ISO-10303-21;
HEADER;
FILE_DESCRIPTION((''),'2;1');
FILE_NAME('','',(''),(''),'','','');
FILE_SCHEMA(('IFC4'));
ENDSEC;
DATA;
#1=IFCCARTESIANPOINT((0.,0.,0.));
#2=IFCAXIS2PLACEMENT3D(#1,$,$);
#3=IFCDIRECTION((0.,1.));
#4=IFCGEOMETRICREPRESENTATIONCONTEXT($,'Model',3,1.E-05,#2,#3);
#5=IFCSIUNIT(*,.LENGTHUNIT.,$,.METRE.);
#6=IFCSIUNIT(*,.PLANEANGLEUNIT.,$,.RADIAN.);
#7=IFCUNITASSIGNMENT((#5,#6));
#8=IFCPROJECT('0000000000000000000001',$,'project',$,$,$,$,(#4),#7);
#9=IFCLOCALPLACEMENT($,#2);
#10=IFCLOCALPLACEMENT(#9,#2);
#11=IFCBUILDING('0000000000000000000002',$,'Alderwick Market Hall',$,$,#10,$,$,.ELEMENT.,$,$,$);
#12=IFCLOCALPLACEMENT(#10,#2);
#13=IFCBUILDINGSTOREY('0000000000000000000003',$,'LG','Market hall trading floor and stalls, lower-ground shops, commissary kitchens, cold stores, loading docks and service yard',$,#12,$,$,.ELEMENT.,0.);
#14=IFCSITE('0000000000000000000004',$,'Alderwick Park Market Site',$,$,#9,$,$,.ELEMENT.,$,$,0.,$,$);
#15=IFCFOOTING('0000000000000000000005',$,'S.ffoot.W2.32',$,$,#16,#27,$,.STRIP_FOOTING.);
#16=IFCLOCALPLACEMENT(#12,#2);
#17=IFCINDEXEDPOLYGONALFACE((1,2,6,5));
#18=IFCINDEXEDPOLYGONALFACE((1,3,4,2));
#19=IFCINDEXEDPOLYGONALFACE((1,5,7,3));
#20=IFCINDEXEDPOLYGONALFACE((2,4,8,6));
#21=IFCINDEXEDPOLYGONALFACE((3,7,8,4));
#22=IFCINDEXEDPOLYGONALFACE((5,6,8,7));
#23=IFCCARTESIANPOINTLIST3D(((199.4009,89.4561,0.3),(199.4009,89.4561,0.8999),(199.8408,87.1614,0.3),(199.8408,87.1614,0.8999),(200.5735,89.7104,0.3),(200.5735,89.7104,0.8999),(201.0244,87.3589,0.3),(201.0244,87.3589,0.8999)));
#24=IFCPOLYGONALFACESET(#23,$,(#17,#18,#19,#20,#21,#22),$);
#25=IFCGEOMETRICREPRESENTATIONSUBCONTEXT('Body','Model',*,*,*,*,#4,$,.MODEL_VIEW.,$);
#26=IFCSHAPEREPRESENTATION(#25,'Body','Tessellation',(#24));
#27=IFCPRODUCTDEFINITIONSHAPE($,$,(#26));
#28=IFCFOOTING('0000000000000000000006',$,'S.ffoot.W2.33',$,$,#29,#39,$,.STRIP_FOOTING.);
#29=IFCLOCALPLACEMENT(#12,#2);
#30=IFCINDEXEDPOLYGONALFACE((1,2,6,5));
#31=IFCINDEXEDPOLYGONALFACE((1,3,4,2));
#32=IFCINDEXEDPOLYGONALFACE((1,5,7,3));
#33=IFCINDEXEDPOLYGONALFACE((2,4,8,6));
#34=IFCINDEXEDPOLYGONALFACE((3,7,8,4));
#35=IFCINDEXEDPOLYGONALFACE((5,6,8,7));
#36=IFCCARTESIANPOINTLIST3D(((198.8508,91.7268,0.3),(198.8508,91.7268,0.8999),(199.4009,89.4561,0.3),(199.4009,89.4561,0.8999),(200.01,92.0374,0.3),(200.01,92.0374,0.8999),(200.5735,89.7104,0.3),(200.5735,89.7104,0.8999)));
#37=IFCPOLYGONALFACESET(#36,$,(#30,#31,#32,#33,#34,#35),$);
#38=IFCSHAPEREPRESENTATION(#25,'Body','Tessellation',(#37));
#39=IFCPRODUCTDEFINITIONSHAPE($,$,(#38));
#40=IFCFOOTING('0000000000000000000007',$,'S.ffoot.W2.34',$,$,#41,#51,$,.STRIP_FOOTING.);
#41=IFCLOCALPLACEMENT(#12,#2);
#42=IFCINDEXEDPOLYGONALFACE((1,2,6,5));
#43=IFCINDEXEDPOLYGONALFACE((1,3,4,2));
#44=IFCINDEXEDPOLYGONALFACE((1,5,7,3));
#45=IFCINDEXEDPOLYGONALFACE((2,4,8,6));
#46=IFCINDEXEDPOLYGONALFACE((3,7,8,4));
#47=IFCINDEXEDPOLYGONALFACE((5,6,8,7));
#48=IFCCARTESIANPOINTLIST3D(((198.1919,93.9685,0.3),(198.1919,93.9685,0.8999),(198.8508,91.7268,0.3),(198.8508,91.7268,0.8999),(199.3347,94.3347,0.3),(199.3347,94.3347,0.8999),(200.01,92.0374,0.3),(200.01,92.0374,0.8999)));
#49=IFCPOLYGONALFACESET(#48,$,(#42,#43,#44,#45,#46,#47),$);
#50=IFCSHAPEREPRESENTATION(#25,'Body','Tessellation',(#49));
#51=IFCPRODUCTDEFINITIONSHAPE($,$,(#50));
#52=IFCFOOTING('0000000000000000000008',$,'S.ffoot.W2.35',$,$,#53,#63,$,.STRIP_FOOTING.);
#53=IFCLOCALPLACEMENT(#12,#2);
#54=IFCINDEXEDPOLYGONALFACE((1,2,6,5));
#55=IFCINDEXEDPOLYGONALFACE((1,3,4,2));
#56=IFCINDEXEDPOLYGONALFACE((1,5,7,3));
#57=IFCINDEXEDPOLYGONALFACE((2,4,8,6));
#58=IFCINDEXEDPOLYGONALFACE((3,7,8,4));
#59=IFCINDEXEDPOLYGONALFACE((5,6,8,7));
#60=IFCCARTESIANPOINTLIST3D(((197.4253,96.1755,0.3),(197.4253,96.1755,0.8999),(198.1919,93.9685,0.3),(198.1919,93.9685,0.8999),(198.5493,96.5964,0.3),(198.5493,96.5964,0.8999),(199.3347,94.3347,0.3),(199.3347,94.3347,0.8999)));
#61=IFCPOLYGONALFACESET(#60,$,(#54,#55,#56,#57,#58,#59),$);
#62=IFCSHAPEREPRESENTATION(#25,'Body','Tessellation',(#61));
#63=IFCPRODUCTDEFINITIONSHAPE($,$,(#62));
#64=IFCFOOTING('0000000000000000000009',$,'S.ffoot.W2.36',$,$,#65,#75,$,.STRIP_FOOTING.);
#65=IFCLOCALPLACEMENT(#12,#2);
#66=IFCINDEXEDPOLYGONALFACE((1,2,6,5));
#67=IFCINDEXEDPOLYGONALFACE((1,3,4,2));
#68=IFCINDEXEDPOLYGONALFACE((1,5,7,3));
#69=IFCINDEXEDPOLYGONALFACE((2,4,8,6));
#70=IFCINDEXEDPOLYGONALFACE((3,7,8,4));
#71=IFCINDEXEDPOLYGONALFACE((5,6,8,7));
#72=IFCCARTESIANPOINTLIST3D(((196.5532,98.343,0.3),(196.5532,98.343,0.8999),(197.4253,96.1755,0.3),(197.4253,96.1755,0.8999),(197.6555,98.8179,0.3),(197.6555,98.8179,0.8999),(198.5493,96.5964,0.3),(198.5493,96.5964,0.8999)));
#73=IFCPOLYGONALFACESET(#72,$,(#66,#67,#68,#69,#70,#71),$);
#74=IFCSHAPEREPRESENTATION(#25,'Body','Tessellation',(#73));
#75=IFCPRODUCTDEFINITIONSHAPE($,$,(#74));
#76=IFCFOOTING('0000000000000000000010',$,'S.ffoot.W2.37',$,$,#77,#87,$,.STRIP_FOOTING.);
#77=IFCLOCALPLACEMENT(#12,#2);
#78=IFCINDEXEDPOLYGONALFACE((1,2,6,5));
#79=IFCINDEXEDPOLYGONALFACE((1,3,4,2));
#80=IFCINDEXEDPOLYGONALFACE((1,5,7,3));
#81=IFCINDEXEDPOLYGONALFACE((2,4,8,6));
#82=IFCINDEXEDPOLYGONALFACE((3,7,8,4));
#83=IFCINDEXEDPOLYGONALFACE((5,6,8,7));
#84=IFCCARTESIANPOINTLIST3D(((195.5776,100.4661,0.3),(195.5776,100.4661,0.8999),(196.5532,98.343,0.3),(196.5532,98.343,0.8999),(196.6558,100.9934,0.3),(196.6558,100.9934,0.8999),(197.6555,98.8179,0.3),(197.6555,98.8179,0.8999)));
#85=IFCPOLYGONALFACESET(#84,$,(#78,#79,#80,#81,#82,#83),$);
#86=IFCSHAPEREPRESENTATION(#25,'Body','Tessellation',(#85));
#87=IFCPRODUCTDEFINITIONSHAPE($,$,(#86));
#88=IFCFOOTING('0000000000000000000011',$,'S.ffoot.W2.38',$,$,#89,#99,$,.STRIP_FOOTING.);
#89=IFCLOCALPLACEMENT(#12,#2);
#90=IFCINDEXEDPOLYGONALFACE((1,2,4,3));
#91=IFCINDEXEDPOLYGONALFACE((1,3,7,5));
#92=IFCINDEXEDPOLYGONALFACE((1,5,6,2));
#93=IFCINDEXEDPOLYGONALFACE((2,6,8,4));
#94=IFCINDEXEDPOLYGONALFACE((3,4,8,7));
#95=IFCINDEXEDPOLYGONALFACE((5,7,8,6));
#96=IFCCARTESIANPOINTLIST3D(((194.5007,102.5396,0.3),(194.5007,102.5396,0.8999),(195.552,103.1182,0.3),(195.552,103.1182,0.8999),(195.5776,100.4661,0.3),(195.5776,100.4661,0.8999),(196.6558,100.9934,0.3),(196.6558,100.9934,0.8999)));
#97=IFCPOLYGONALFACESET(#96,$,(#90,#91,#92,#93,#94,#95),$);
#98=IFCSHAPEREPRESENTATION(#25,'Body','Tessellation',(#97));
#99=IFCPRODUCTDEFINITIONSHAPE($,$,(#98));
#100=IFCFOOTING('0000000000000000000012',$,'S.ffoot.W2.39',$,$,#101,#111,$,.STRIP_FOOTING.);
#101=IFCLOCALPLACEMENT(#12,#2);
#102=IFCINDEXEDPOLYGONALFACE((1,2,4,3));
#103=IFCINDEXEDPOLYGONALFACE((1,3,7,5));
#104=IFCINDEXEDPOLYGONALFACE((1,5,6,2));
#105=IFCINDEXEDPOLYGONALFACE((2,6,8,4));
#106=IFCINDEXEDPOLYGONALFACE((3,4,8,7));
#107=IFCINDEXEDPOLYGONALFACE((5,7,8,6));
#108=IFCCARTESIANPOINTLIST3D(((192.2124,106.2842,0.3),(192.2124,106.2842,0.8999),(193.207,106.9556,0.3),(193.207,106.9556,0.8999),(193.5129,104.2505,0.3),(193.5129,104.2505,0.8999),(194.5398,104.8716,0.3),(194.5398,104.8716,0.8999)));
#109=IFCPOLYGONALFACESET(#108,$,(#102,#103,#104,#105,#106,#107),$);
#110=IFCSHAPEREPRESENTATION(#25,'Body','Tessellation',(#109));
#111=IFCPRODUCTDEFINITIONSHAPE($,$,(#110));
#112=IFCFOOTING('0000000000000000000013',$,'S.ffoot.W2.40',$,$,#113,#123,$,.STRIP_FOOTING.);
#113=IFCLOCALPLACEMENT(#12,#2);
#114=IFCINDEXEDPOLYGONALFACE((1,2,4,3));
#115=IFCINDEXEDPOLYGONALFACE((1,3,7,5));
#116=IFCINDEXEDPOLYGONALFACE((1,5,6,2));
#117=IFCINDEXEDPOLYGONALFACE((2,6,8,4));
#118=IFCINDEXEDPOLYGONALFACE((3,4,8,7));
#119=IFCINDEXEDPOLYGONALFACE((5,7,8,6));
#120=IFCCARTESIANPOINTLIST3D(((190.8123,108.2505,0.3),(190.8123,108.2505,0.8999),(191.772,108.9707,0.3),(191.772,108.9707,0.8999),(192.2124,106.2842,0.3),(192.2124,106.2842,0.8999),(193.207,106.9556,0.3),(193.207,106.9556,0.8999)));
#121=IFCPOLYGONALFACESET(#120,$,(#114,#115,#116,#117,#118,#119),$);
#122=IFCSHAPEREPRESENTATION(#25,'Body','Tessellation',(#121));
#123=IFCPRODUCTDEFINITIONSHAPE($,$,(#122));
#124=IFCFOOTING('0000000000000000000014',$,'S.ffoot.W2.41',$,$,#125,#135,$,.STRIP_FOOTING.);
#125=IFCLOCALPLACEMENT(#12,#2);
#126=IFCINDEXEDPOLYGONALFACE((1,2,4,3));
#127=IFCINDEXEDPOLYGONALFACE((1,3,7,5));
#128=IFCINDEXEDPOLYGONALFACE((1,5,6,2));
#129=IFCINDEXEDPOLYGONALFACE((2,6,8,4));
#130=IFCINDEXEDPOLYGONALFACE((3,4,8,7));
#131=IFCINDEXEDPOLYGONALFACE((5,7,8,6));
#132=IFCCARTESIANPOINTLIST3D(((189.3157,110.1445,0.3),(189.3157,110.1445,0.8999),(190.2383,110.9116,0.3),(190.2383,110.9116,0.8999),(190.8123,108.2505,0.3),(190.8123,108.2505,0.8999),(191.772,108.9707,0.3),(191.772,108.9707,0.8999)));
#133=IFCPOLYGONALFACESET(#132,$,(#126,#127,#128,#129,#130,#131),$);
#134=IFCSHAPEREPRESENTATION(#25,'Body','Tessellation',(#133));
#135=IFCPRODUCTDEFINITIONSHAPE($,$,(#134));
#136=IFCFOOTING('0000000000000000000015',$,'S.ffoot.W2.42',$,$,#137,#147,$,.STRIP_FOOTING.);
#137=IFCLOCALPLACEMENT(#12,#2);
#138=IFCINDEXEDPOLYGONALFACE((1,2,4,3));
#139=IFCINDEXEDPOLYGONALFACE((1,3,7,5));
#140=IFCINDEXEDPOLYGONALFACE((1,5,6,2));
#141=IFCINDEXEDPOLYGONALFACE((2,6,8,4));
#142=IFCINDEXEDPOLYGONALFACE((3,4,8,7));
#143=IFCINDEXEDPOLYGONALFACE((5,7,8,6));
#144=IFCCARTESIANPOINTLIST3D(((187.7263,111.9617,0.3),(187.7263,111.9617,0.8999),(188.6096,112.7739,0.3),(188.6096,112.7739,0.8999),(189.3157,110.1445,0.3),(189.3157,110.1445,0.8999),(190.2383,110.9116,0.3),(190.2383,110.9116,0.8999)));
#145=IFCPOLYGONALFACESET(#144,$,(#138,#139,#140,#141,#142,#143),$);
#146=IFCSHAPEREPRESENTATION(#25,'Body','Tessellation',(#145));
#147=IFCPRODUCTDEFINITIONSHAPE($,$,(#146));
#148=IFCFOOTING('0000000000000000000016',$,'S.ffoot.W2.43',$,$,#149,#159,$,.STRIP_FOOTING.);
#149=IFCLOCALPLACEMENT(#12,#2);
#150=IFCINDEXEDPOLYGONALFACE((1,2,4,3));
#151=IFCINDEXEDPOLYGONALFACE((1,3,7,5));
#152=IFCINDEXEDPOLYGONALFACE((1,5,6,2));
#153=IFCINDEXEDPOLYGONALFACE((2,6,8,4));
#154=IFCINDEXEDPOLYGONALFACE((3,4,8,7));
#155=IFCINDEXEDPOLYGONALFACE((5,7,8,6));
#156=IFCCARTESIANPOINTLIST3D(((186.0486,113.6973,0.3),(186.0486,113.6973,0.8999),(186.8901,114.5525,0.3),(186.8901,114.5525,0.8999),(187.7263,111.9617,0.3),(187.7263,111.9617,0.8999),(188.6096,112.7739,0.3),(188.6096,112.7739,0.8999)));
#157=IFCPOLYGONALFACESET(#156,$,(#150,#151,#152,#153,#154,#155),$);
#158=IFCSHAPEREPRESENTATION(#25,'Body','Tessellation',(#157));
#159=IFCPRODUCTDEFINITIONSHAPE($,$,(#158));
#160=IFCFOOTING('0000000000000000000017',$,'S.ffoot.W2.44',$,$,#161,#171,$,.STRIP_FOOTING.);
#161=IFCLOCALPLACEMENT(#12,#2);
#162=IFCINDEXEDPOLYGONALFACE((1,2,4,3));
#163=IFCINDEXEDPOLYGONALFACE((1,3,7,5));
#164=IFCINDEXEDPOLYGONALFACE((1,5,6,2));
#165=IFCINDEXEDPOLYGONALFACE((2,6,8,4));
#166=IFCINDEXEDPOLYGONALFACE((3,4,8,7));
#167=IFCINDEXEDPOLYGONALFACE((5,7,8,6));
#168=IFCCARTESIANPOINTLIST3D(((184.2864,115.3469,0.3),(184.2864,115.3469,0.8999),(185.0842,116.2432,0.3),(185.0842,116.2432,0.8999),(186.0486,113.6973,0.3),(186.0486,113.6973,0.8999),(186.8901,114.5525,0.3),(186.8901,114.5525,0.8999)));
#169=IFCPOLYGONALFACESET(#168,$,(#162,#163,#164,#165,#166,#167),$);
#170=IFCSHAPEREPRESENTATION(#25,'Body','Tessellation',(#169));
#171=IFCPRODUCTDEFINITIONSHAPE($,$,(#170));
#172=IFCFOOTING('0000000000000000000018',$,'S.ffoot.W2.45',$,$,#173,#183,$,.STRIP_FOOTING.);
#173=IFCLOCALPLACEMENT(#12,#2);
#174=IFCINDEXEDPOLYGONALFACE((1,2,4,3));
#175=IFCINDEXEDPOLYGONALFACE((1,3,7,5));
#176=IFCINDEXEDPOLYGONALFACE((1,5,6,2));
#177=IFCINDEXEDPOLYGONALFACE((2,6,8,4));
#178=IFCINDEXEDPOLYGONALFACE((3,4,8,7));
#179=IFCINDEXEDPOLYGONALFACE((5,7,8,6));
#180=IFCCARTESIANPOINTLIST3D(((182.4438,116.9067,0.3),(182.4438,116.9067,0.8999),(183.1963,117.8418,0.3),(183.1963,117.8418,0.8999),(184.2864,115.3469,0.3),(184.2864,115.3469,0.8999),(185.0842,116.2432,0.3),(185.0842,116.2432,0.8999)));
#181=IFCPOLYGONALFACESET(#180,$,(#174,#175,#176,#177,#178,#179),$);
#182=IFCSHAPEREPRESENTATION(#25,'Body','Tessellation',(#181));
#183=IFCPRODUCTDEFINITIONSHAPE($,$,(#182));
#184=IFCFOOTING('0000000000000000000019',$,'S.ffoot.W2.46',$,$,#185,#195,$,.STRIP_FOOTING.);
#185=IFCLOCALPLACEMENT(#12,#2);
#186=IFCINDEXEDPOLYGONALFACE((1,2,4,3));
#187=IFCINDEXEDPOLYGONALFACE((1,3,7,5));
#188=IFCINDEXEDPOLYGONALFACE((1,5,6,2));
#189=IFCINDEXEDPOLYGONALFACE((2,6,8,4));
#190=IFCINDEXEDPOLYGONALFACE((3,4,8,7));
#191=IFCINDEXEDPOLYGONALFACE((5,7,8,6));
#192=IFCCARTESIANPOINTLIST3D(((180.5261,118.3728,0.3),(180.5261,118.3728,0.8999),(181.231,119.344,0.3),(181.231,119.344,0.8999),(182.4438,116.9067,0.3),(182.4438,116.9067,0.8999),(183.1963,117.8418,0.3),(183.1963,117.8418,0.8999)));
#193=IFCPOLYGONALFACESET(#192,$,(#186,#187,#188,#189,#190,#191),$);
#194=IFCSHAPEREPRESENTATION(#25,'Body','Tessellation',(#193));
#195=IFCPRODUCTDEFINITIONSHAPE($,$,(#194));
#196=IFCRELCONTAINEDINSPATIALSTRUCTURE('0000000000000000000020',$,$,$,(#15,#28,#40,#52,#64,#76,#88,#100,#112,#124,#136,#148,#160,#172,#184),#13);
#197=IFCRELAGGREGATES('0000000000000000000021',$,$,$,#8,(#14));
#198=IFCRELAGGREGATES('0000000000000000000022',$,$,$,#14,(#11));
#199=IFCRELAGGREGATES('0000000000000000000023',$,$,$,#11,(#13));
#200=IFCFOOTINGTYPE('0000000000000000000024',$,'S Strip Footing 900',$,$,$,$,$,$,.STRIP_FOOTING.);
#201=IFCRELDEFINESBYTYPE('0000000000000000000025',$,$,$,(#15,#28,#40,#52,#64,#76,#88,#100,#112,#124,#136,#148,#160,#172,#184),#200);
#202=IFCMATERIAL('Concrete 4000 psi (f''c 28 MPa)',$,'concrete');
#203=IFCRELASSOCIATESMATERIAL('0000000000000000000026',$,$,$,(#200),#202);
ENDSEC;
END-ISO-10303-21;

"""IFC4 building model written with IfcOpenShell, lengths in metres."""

from ifc_helpers import new_model, si_unit, direction, frame, origin, place, context, subcontext, project, spatial, polyline, outline, extrude, material, type_object, element, save


model = new_model("IFC4")

# Units and contexts
model_context = context("Model", 3, precision=1e-05, world=origin(), true_north=direction((0.0, 1.0)))
body_context = subcontext(model_context, "Body", "Model", "MODEL_VIEW")
ifc_project = project(units=[si_unit("LENGTHUNIT", "METRE"), si_unit("PLANEANGLEUNIT", "RADIAN")], contexts=[model_context])

# Site, building, storey
site_placement = place(None, origin())
site = spatial("IfcSite", under=ifc_project, at=site_placement, Name="Alderwick Park Market Site", CompositionType="ELEMENT", RefElevation=0.0)
building_placement = place(site_placement, origin())
building = spatial("IfcBuilding", under=site, at=building_placement, Name="Alderwick Market Hall", CompositionType="ELEMENT")
storey_placement = place(building_placement, origin())
storey = spatial("IfcBuildingStorey", under=building, at=storey_placement, Name="LG", Description="Market hall trading floor and stalls, lower-ground shops, commissary kitchens, cold stores, loading docks and service yard", CompositionType="ELEMENT", Elevation=0.0)

# Footings
ifc_material = material(Name="Concrete 4000 psi (f'c 28 MPa)", Category="concrete")
footing_type = type_object("IfcFootingType", Name="S Strip Footing 900", PredefinedType="STRIP_FOOTING", material=ifc_material)
footing_1_placement = place(storey_placement, frame((0.0, 0.0, 0.3)))
element("IfcFooting", 1, at=footing_1_placement, inside=storey, type_object=footing_type, Name="S.ffoot.W2.32", PredefinedType="STRIP_FOOTING", context=body_context, shape_type="SweptSolid", body=[
    extrude(outline(polyline([(201.0244, 87.3589), (200.5735, 89.7104), (199.4009, 89.4561), (199.8408, 87.1614), (201.0244, 87.3589)])), origin(), (0.0, 0.0, 1.0), 0.5999),
])
footing_2_placement = place(storey_placement, frame((0.0, 0.0, 0.3)))
element("IfcFooting", 2, at=footing_2_placement, inside=storey, type_object=footing_type, Name="S.ffoot.W2.33", PredefinedType="STRIP_FOOTING", context=body_context, shape_type="SweptSolid", body=[
    extrude(outline(polyline([(200.5735, 89.7104), (200.01, 92.0374), (198.8508, 91.7268), (199.4009, 89.4561), (200.5735, 89.7104)])), origin(), (0.0, 0.0, 1.0), 0.5999),
])
footing_3_placement = place(storey_placement, frame((0.0, 0.0, 0.3)))
element("IfcFooting", 3, at=footing_3_placement, inside=storey, type_object=footing_type, Name="S.ffoot.W2.34", PredefinedType="STRIP_FOOTING", context=body_context, shape_type="SweptSolid", body=[
    extrude(outline(polyline([(200.01, 92.0374), (199.3347, 94.3347), (198.1919, 93.9685), (198.8508, 91.7268), (200.01, 92.0374)])), origin(), (0.0, 0.0, 1.0), 0.5999),
])
footing_4_placement = place(storey_placement, frame((0.0, 0.0, 0.3)))
element("IfcFooting", 4, at=footing_4_placement, inside=storey, type_object=footing_type, Name="S.ffoot.W2.35", PredefinedType="STRIP_FOOTING", context=body_context, shape_type="SweptSolid", body=[
    extrude(outline(polyline([(199.3347, 94.3347), (198.5493, 96.5964), (197.4253, 96.1755), (198.1919, 93.9685), (199.3347, 94.3347)])), origin(), (0.0, 0.0, 1.0), 0.5999),
])
footing_5_placement = place(storey_placement, frame((0.0, 0.0, 0.3)))
element("IfcFooting", 5, at=footing_5_placement, inside=storey, type_object=footing_type, Name="S.ffoot.W2.36", PredefinedType="STRIP_FOOTING", context=body_context, shape_type="SweptSolid", body=[
    extrude(outline(polyline([(198.5493, 96.5964), (197.6555, 98.8179), (196.5532, 98.343), (197.4253, 96.1755), (198.5493, 96.5964)])), origin(), (0.0, 0.0, 1.0), 0.5999),
])
footing_6_placement = place(storey_placement, frame((0.0, 0.0, 0.3)))
element("IfcFooting", 6, at=footing_6_placement, inside=storey, type_object=footing_type, Name="S.ffoot.W2.37", PredefinedType="STRIP_FOOTING", context=body_context, shape_type="SweptSolid", body=[
    extrude(outline(polyline([(197.6555, 98.8179), (196.6558, 100.9934), (195.5776, 100.4661), (196.5532, 98.343), (197.6555, 98.8179)])), origin(), (0.0, 0.0, 1.0), 0.5999),
])
footing_7_placement = place(storey_placement, frame((0.0, 0.0, 0.3)))
element("IfcFooting", 7, at=footing_7_placement, inside=storey, type_object=footing_type, Name="S.ffoot.W2.38", PredefinedType="STRIP_FOOTING", context=body_context, shape_type="SweptSolid", body=[
    extrude(outline(polyline([(196.6558, 100.9934), (195.552, 103.1182), (194.5007, 102.5396), (195.5776, 100.4661), (196.6558, 100.9934)])), origin(), (0.0, 0.0, 1.0), 0.5999),
])
footing_8_placement = place(storey_placement, frame((0.0, 0.0, 0.3)))
element("IfcFooting", 8, at=footing_8_placement, inside=storey, type_object=footing_type, Name="S.ffoot.W2.39", PredefinedType="STRIP_FOOTING", context=body_context, shape_type="SweptSolid", body=[
    extrude(outline(polyline([(194.5398, 104.8716), (193.207, 106.9556), (192.2124, 106.2842), (193.5129, 104.2505), (194.5398, 104.8716)])), origin(), (0.0, 0.0, 1.0), 0.5999),
])
footing_9_placement = place(storey_placement, frame((0.0, 0.0, 0.3)))
element("IfcFooting", 9, at=footing_9_placement, inside=storey, type_object=footing_type, Name="S.ffoot.W2.40", PredefinedType="STRIP_FOOTING", context=body_context, shape_type="SweptSolid", body=[
    extrude(outline(polyline([(193.207, 106.9556), (191.772, 108.9707), (190.8123, 108.2505), (192.2124, 106.2842), (193.207, 106.9556)])), origin(), (0.0, 0.0, 1.0), 0.5999),
])
footing_10_placement = place(storey_placement, frame((0.0, 0.0, 0.3)))
element("IfcFooting", 10, at=footing_10_placement, inside=storey, type_object=footing_type, Name="S.ffoot.W2.41", PredefinedType="STRIP_FOOTING", context=body_context, shape_type="SweptSolid", body=[
    extrude(outline(polyline([(191.772, 108.9707), (190.2383, 110.9116), (189.3157, 110.1445), (190.8123, 108.2505), (191.772, 108.9707)])), origin(), (0.0, 0.0, 1.0), 0.5999),
])
footing_11_placement = place(storey_placement, frame((0.0, 0.0, 0.3)))
element("IfcFooting", 11, at=footing_11_placement, inside=storey, type_object=footing_type, Name="S.ffoot.W2.42", PredefinedType="STRIP_FOOTING", context=body_context, shape_type="SweptSolid", body=[
    extrude(outline(polyline([(190.2383, 110.9116), (188.6096, 112.7739), (187.7263, 111.9617), (189.3157, 110.1445), (190.2383, 110.9116)])), origin(), (0.0, 0.0, 1.0), 0.5999),
])
footing_12_placement = place(storey_placement, frame((0.0, 0.0, 0.3)))
element("IfcFooting", 12, at=footing_12_placement, inside=storey, type_object=footing_type, Name="S.ffoot.W2.43", PredefinedType="STRIP_FOOTING", context=body_context, shape_type="SweptSolid", body=[
    extrude(outline(polyline([(188.6096, 112.7739), (186.8901, 114.5525), (186.0486, 113.6973), (187.7263, 111.9617), (188.6096, 112.7739)])), origin(), (0.0, 0.0, 1.0), 0.5999),
])
footing_13_placement = place(storey_placement, frame((0.0, 0.0, 0.3)))
element("IfcFooting", 13, at=footing_13_placement, inside=storey, type_object=footing_type, Name="S.ffoot.W2.44", PredefinedType="STRIP_FOOTING", context=body_context, shape_type="SweptSolid", body=[
    extrude(outline(polyline([(186.8901, 114.5525), (185.0842, 116.2432), (184.2864, 115.3469), (186.0486, 113.6973), (186.8901, 114.5525)])), origin(), (0.0, 0.0, 1.0), 0.5999),
])
footing_14_placement = place(storey_placement, frame((0.0, 0.0, 0.3)))
element("IfcFooting", 14, at=footing_14_placement, inside=storey, type_object=footing_type, Name="S.ffoot.W2.45", PredefinedType="STRIP_FOOTING", context=body_context, shape_type="SweptSolid", body=[
    extrude(outline(polyline([(185.0842, 116.2432), (183.1963, 117.8418), (182.4438, 116.9067), (184.2864, 115.3469), (185.0842, 116.2432)])), origin(), (0.0, 0.0, 1.0), 0.5999),
])
footing_15_placement = place(storey_placement, frame((0.0, 0.0, 0.3)))
element("IfcFooting", 15, at=footing_15_placement, inside=storey, type_object=footing_type, Name="S.ffoot.W2.46", PredefinedType="STRIP_FOOTING", context=body_context, shape_type="SweptSolid", body=[
    extrude(outline(polyline([(183.1963, 117.8418), (181.231, 119.344), (180.5261, 118.3728), (182.4438, 116.9067), (183.1963, 117.8418)])), origin(), (0.0, 0.0, 1.0), 0.5999),
])

save(model, "model.ifc")
